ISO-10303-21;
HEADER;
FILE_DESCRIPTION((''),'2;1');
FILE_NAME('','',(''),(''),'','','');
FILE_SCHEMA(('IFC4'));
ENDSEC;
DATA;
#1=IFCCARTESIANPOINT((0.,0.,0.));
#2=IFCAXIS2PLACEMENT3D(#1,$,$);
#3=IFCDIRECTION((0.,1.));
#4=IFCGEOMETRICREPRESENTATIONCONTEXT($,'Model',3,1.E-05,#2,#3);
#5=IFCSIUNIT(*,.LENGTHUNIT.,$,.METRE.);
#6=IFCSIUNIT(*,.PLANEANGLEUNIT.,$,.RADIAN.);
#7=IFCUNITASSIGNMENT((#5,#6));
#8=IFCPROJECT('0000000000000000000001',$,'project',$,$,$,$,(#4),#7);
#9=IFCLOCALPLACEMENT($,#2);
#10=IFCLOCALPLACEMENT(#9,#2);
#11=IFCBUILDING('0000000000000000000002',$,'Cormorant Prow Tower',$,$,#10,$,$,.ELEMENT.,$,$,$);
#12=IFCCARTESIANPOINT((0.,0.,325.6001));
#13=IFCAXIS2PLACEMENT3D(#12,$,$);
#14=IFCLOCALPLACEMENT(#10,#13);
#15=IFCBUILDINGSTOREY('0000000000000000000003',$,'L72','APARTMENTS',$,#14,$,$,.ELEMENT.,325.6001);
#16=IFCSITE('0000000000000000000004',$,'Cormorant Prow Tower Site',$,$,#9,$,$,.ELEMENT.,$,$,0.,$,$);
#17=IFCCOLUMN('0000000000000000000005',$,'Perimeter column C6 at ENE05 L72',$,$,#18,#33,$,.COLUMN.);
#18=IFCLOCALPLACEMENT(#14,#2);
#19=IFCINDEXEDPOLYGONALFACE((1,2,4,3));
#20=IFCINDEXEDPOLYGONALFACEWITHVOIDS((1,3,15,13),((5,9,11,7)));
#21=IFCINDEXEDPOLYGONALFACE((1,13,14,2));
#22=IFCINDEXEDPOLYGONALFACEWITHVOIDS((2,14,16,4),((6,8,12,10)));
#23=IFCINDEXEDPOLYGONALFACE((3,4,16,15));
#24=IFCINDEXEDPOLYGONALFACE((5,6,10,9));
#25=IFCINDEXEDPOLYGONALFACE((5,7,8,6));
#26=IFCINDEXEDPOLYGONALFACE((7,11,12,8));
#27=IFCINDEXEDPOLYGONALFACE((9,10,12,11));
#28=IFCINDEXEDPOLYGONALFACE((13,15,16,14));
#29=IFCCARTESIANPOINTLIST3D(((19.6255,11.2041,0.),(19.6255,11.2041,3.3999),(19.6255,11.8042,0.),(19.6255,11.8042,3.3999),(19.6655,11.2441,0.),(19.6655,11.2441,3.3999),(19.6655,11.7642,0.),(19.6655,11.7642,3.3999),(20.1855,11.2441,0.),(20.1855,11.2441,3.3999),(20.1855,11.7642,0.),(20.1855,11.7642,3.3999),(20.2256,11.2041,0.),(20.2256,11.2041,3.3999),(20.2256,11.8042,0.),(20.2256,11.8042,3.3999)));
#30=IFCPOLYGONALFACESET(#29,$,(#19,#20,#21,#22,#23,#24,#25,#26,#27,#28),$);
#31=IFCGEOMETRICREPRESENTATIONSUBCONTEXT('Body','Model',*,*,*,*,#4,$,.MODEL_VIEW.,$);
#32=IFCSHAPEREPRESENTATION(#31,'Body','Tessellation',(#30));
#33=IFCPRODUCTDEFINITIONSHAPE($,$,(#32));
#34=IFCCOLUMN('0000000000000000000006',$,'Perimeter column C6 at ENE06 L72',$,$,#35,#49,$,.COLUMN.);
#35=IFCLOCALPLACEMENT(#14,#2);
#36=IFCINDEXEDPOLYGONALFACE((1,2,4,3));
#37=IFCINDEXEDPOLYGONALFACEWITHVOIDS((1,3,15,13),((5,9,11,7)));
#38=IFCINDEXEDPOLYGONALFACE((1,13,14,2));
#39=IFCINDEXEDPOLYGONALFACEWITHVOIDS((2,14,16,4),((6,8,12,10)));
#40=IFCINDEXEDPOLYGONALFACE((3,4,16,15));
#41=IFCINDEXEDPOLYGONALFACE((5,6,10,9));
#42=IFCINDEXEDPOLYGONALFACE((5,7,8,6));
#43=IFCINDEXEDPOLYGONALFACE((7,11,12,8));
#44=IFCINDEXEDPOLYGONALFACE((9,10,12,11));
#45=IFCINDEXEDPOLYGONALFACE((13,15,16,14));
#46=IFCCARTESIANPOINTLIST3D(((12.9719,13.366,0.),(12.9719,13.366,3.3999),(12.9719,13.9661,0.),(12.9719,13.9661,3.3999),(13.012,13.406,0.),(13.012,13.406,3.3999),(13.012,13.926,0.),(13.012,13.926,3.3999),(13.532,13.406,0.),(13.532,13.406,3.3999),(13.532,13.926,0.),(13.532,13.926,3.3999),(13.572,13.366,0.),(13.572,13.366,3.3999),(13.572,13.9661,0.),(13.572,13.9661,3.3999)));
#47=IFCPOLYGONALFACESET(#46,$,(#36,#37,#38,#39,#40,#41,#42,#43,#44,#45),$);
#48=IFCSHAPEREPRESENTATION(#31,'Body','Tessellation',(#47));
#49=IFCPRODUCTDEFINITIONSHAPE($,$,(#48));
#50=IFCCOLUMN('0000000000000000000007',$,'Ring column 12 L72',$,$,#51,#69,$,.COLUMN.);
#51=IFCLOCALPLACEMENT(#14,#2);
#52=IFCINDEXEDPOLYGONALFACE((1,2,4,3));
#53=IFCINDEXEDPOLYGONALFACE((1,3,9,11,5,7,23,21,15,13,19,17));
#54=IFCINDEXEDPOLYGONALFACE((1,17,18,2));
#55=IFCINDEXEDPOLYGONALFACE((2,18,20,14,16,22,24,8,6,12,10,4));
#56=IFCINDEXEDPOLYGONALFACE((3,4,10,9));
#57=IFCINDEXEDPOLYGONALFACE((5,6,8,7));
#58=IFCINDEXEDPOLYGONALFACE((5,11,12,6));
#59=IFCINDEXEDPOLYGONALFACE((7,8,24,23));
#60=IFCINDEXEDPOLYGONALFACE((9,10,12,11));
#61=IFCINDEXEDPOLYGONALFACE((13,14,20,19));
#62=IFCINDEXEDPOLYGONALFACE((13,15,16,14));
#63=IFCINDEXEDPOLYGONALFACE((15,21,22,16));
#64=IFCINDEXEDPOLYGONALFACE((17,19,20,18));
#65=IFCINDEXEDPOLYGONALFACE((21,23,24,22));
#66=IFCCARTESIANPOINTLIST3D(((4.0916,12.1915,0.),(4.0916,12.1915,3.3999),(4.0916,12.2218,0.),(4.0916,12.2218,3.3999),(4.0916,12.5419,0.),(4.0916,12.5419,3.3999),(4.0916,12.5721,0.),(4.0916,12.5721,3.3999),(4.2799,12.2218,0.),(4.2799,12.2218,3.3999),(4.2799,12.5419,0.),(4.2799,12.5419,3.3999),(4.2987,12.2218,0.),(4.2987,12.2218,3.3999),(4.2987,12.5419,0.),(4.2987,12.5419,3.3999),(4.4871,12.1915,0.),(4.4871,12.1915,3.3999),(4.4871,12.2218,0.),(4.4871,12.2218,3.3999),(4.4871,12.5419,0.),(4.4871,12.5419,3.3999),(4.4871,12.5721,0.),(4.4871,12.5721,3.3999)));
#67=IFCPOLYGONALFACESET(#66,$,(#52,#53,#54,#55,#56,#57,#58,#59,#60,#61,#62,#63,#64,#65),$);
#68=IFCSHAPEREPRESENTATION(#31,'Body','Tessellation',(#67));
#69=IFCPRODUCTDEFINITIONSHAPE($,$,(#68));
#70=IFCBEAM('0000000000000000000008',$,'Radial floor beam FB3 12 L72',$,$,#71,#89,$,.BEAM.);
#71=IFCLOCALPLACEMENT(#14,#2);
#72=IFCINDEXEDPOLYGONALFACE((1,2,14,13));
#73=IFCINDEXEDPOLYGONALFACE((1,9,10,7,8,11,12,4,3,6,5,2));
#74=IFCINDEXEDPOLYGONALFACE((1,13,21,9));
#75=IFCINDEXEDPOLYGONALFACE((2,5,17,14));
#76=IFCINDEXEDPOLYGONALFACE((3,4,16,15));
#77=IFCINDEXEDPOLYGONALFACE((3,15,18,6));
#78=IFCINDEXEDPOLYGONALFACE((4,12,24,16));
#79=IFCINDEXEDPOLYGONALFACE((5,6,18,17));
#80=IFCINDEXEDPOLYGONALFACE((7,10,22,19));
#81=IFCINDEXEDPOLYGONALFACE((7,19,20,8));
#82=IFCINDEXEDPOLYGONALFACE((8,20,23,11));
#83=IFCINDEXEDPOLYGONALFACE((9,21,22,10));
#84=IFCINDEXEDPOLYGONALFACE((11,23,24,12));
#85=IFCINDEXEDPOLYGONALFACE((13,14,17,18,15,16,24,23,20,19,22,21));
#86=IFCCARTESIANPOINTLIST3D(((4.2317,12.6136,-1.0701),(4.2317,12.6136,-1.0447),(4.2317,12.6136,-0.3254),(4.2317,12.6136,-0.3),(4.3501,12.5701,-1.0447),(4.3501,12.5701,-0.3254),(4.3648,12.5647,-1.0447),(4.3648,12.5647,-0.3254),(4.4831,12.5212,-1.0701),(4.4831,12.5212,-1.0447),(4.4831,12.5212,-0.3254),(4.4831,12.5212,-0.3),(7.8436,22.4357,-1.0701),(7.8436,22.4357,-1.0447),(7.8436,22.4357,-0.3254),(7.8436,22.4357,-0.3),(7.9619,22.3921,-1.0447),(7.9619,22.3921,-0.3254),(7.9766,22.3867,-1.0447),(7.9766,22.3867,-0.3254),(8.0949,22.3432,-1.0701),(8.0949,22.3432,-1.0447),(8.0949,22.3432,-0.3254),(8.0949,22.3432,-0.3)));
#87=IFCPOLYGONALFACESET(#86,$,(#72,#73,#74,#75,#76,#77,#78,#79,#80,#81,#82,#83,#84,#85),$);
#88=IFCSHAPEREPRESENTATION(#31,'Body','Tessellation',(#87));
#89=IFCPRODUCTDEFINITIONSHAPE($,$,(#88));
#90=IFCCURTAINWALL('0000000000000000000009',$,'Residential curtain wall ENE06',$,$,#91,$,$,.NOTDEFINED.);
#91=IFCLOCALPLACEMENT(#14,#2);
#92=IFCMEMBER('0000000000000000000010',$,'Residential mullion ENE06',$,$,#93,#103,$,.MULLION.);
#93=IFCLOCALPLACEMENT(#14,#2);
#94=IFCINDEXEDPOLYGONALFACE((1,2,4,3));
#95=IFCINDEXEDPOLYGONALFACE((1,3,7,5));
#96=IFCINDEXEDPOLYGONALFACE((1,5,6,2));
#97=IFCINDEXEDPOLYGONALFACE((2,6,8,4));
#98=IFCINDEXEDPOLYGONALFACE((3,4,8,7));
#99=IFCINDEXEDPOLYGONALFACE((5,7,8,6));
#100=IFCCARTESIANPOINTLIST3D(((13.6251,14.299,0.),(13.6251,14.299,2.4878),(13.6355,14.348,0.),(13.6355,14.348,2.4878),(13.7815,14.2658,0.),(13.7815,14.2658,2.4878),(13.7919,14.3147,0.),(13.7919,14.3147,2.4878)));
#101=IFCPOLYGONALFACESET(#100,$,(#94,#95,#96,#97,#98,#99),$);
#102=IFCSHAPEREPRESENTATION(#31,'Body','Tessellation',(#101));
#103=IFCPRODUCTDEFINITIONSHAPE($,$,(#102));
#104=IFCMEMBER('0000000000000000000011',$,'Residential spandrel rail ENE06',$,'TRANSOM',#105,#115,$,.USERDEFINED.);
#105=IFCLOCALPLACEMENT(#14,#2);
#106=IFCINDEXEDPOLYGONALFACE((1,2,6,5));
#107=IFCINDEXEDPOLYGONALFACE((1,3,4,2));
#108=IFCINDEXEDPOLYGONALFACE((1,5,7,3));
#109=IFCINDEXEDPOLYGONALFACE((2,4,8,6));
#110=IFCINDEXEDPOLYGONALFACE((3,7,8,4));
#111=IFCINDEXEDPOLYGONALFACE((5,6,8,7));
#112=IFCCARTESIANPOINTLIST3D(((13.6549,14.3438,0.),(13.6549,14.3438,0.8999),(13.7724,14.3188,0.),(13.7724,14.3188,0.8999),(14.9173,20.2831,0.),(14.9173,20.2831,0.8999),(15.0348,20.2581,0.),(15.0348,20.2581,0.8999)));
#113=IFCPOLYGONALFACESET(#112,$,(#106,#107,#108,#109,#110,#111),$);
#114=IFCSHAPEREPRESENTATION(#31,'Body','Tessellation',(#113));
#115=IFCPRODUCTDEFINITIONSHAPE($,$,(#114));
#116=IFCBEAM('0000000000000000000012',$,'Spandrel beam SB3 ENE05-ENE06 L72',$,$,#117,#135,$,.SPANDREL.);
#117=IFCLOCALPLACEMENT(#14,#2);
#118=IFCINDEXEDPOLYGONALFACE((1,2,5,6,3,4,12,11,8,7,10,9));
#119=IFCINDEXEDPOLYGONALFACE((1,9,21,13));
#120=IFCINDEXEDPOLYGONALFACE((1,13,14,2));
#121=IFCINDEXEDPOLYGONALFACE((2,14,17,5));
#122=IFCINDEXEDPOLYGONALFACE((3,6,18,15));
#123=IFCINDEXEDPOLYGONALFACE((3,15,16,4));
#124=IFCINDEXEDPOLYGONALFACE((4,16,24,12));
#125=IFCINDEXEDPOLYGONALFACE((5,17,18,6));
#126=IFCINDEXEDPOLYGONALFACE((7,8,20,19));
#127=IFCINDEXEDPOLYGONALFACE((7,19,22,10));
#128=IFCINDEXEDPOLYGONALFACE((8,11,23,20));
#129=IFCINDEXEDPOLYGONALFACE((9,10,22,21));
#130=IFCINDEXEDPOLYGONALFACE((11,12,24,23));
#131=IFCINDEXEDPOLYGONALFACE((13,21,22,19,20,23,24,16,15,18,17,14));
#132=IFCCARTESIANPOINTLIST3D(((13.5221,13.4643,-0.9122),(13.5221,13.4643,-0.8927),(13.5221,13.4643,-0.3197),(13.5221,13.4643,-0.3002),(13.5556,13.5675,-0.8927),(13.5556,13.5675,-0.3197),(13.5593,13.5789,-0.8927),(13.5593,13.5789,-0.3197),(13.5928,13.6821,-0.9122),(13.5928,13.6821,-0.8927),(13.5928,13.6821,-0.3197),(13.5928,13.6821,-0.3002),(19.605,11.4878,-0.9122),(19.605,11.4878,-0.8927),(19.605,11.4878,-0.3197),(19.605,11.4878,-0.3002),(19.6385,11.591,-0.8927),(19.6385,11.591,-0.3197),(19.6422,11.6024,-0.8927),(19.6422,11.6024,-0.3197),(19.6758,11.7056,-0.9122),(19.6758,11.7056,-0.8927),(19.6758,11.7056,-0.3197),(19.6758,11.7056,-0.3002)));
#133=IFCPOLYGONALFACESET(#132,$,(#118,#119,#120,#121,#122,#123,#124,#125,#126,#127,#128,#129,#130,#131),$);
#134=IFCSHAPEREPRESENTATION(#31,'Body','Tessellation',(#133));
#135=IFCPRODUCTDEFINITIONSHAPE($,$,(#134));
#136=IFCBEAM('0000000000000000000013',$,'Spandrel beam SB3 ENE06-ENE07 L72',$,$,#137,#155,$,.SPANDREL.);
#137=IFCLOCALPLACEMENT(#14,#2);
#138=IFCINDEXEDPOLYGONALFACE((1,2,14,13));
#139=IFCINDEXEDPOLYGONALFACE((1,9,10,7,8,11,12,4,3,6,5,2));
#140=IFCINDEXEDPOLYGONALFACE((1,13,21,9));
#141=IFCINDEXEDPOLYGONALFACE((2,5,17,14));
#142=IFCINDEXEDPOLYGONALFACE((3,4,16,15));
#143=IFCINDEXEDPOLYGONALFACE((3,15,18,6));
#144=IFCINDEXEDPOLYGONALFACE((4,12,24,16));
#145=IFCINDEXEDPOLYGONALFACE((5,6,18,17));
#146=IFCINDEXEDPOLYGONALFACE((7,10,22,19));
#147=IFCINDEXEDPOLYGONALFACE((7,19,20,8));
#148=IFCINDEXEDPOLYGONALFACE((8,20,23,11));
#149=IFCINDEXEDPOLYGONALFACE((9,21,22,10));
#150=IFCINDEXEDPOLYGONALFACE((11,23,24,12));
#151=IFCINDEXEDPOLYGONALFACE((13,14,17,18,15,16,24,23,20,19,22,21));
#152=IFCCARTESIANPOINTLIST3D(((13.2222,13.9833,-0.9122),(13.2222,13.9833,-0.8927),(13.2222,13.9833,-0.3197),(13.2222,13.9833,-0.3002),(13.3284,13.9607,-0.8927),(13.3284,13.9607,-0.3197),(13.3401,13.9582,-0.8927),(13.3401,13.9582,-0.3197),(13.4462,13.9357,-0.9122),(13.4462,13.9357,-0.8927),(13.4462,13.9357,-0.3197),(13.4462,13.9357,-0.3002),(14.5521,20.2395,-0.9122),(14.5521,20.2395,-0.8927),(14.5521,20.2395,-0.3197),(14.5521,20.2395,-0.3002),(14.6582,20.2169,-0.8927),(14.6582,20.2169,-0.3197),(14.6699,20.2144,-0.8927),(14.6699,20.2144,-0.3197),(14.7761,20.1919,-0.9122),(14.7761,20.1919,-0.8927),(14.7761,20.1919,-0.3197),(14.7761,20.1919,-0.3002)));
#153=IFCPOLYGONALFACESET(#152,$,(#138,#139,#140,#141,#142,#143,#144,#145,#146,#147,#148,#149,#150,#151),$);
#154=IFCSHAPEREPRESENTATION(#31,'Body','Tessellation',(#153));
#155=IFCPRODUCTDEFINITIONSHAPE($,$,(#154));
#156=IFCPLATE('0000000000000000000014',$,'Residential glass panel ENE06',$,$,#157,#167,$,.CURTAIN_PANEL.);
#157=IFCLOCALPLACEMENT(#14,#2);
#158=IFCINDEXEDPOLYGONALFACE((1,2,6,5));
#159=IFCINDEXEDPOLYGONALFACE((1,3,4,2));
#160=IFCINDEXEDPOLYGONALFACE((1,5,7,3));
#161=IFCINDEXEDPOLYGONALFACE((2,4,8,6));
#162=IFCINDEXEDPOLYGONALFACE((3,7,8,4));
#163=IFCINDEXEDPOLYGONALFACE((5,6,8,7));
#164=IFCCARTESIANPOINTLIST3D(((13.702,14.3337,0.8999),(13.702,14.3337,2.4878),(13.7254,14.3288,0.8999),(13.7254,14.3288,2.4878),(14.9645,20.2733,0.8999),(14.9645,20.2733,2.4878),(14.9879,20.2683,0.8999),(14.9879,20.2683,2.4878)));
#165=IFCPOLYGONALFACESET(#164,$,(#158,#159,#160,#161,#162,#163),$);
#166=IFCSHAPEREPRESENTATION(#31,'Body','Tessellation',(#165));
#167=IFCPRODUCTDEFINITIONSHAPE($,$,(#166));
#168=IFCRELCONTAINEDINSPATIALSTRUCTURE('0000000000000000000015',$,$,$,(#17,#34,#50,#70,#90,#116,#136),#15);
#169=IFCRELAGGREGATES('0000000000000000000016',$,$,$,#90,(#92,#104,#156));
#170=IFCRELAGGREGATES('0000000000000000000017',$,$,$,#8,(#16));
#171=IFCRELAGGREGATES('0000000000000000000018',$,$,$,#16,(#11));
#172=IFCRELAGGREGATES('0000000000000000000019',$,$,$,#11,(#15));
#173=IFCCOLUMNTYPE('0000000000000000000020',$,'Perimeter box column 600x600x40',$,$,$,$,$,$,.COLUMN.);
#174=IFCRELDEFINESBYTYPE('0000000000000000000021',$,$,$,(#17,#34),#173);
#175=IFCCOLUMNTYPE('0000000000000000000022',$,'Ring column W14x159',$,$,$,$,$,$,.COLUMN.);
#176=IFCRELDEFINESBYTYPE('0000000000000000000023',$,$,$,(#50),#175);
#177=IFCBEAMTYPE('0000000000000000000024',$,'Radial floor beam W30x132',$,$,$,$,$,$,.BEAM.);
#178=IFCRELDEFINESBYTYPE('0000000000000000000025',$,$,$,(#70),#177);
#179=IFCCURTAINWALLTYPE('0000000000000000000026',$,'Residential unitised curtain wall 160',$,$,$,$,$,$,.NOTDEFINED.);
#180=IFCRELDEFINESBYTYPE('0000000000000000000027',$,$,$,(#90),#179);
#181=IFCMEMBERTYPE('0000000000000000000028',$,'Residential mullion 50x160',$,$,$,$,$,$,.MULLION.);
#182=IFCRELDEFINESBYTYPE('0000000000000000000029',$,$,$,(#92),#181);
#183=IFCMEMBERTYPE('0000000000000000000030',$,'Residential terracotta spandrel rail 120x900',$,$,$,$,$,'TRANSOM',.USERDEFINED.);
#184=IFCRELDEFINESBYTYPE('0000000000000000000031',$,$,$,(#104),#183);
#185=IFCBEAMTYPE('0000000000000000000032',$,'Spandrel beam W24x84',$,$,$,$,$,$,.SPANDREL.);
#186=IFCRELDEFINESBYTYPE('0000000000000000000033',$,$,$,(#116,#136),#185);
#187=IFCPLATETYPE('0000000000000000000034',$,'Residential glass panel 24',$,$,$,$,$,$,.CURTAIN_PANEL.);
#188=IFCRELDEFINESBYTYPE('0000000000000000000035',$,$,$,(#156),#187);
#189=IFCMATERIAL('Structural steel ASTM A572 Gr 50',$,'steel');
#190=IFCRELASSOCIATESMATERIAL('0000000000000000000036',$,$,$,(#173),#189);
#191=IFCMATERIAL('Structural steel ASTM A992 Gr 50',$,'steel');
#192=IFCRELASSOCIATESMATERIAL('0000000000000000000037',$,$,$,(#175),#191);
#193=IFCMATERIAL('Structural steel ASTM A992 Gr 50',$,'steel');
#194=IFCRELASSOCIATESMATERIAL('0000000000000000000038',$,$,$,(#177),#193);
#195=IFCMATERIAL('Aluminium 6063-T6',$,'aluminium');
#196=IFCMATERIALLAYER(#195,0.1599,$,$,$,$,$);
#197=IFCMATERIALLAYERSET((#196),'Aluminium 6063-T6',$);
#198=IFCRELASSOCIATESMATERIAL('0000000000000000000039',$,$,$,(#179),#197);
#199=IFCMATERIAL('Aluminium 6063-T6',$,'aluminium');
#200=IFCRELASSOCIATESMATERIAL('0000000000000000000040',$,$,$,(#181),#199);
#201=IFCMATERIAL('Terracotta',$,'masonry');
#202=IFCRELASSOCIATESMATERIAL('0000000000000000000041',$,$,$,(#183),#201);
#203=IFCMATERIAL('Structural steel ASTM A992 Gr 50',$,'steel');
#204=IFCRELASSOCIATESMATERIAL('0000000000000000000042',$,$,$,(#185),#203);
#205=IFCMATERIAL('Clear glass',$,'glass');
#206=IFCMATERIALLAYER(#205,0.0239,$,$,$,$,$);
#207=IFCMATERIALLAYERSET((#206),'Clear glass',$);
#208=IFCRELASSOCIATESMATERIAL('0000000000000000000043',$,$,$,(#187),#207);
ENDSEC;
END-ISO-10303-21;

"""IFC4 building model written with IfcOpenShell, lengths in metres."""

from ifc_helpers import new_model, si_unit, direction, frame, origin, origin_2d, place, context, subcontext, project, spatial, rectangle, hollow_rectangle, i_section, extrude, material, layer, layer_set, material_profile, profile_set, type_object, element, aggregate, save


model = new_model("IFC4")

# Units and contexts
model_context = context("Model", 3, precision=1e-05, world=origin(), true_north=direction((0.0, 1.0)))
body_context = subcontext(model_context, "Body", "Model", "MODEL_VIEW")
ifc_project = project(units=[si_unit("LENGTHUNIT", "METRE"), si_unit("PLANEANGLEUNIT", "RADIAN")], contexts=[model_context])

# Site, building, storey
site_placement = place(None, origin())
site = spatial("IfcSite", under=ifc_project, at=site_placement, Name="Cormorant Prow Tower Site", CompositionType="ELEMENT", RefElevation=0.0)
building_placement = place(site_placement, origin())
building = spatial("IfcBuilding", under=site, at=building_placement, Name="Cormorant Prow Tower", CompositionType="ELEMENT")
storey_placement = place(building_placement, frame((0.0, 0.0, 325.6001)))
storey = spatial("IfcBuildingStorey", under=building, at=storey_placement, Name="L72", Description="APARTMENTS", CompositionType="ELEMENT", Elevation=325.6001)

# Columns
ifc_material_1 = material(Name="Structural steel ASTM A572 Gr 50", Category="steel")
ifc_material_profile_1 = material_profile(ifc_material_1, hollow_rectangle(XDim=0.6001, YDim=0.6001, WallThickness=0.04, at=origin_2d()), Name="Box 600x600x40")
ifc_profile_set_1 = profile_set([ifc_material_profile_1], Name="Structural steel ASTM A572 Gr 50")
column_type_1 = type_object("IfcColumnType", Name="Perimeter box column 600x600x40", PredefinedType="COLUMN", material=ifc_profile_set_1)
for number, where, z_axis, x_axis, name in (
    (1, (19.9255, 11.5042, 0.0), (0.0, 0.0, 1.0), (1.0, 0.0, 0.0), "Perimeter column C6 at ENE05 L72"),
    (2, (13.272, 13.666, 0.0), (0.0, 0.0, 1.0), (1.0, 0.0, 0.0), "Perimeter column C6 at ENE06 L72"),
):
    element("IfcColumn", number, at=place(storey_placement, frame(where, z_axis=z_axis, x_axis=x_axis)), inside=storey, type_object=column_type_1, Name=name, PredefinedType="COLUMN", context=body_context, shape_type="SweptSolid", body=[
        extrude(hollow_rectangle(XDim=0.6001, YDim=0.6001, WallThickness=0.04, at=origin_2d()), origin(), (0.0, 0.0, 1.0), 3.3999),
    ])
ifc_material_2 = material(Name="Structural steel ASTM A992 Gr 50", Category="steel")
ifc_material_profile_2 = material_profile(ifc_material_2, i_section(OverallWidth=0.3955, OverallDepth=0.3806, WebThickness=0.0188, FlangeThickness=0.0303, at=origin_2d()), Name="W14x159")
ifc_profile_set_2 = profile_set([ifc_material_profile_2], Name="Structural steel ASTM A992 Gr 50")
column_type_2 = type_object("IfcColumnType", Name="Ring column W14x159", PredefinedType="COLUMN", material=ifc_profile_set_2)
column_placement = place(storey_placement, frame((4.2893, 12.3818, 0.0), z_axis=(0.0, 0.0, 1.0), x_axis=(1.0, 0.0, 0.0)))
element("IfcColumn", 3, at=column_placement, inside=storey, type_object=column_type_2, Name="Ring column 12 L72", PredefinedType="COLUMN", context=body_context, shape_type="SweptSolid", body=[
    extrude(i_section(OverallWidth=0.3955, OverallDepth=0.3806, WebThickness=0.0188, FlangeThickness=0.0303, at=origin_2d()), origin(), (0.0, 0.0, 1.0), 3.3999),
])

# Beam
ifc_material_3 = material(Name="Structural steel ASTM A992 Gr 50", Category="steel")
ifc_material_profile_3 = material_profile(ifc_material_3, i_section(OverallWidth=0.2678, OverallDepth=0.77, WebThickness=0.0156, FlangeThickness=0.0254, at=origin_2d()), Name="W30x132")
ifc_profile_set_3 = profile_set([ifc_material_profile_3], Name="Structural steel ASTM A992 Gr 50")
beam_type_1 = type_object("IfcBeamType", Name="Radial floor beam W30x132", PredefinedType="BEAM", material=ifc_profile_set_3)
beam_placement = place(storey_placement, frame((4.3574, 12.5674, -0.6851), z_axis=(0.345131, 0.938554, 0.0), x_axis=(-0.938554, 0.345131, 0.0)))
element("IfcBeam", 4, at=beam_placement, inside=storey, type_object=beam_type_1, Name="Radial floor beam FB3 12 L72", PredefinedType="BEAM", context=body_context, shape_type="SweptSolid", body=[
    extrude(i_section(OverallWidth=0.2678, OverallDepth=0.77, WebThickness=0.0156, FlangeThickness=0.0254, at=origin_2d()), origin(), (0.0, 0.0, 1.0), 10.4651),
])

# Curtain wall, members
ifc_material_4 = material(Name="Aluminium 6063-T6", Category="aluminium")
ifc_layer_1 = layer(ifc_material_4, 0.1599)
ifc_layer_set_1 = layer_set([ifc_layer_1], Name="Aluminium 6063-T6")
curtain_wall_type = type_object("IfcCurtainWallType", Name="Residential unitised curtain wall 160", PredefinedType="NOTDEFINED", material=ifc_layer_set_1)
curtain_wall_placement = place(storey_placement, origin())
curtain_wall = element("IfcCurtainWall", 5, at=curtain_wall_placement, inside=storey, type_object=curtain_wall_type, Name="Residential curtain wall ENE06", PredefinedType="NOTDEFINED")
ifc_material_5 = material(Name="Aluminium 6063-T6", Category="aluminium")
ifc_material_profile_4 = material_profile(ifc_material_5, rectangle(XDim=0.1599, YDim=0.05, at=origin_2d()), Name="Residential mullion 50x160")
ifc_profile_set_4 = profile_set([ifc_material_profile_4], Name="Aluminium 6063-T6")
member_type_1 = type_object("IfcMemberType", Name="Residential mullion 50x160", PredefinedType="MULLION", material=ifc_profile_set_4)
member_1_placement = place(storey_placement, frame((13.7085, 14.3069, 0.0), z_axis=(0.0, 0.0, 1.0), x_axis=(-0.978148, 0.207912, 0.0)))
member_1 = element("IfcMember", 6, at=member_1_placement, type_object=member_type_1, Name="Residential mullion ENE06", PredefinedType="MULLION", context=body_context, shape_type="SweptSolid", body=[
    extrude(rectangle(XDim=0.1599, YDim=0.05, at=origin_2d()), origin(), (0.0, 0.0, 1.0), 2.4878),
])
ifc_material_6 = material(Name="Terracotta", Category="masonry")
ifc_material_profile_5 = material_profile(ifc_material_6, rectangle(XDim=0.1201, YDim=0.8999, at=origin_2d()), Name="Residential terracotta spandrel rail 120x900")
ifc_profile_set_5 = profile_set([ifc_material_profile_5], Name="Terracotta")
member_type_2 = type_object("IfcMemberType", Name="Residential terracotta spandrel rail 120x900", ElementType="TRANSOM", PredefinedType="USERDEFINED", material=ifc_profile_set_5)
member_2_placement = place(storey_placement, frame((13.7136, 14.3313, 0.45), z_axis=(0.207909, 0.978148, 0.0), x_axis=(-0.978148, 0.207909, 0.0)))
member_2 = element("IfcMember", 7, at=member_2_placement, type_object=member_type_2, Name="Residential spandrel rail ENE06", ObjectType="TRANSOM", PredefinedType="USERDEFINED", context=body_context, shape_type="SweptSolid", body=[
    extrude(rectangle(XDim=0.1201, YDim=0.8999, at=origin_2d()), origin(), (0.0, 0.0, 1.0), 6.072),
])

# Beams
ifc_material_7 = material(Name="Structural steel ASTM A992 Gr 50", Category="steel")
ifc_material_profile_6 = material_profile(ifc_material_7, i_section(OverallWidth=0.229, OverallDepth=0.6121, WebThickness=0.012, FlangeThickness=0.0195, at=origin_2d()), Name="W24x84")
ifc_profile_set_6 = profile_set([ifc_material_profile_6], Name="Structural steel ASTM A992 Gr 50")
beam_type_2 = type_object("IfcBeamType", Name="Spandrel beam W24x84", PredefinedType="SPANDREL", material=ifc_profile_set_6)
for number, where, z_axis, x_axis, name in (
    (8, (19.6404, 11.5967, -0.6062), (-0.951053, 0.309027, 0.0), (-0.309027, -0.951053, 0.0), "Spandrel beam SB3 ENE05-ENE06 L72"),
    (9, (13.3342, 13.9595, -0.6062), (0.20792, 0.978146, 0.0), (-0.978146, 0.20792, 0.0), "Spandrel beam SB3 ENE06-ENE07 L72"),
):
    element("IfcBeam", number, at=place(storey_placement, frame(where, z_axis=z_axis, x_axis=x_axis)), inside=storey, type_object=beam_type_2, Name=name, PredefinedType="SPANDREL", context=body_context, shape_type="SweptSolid", body=[
        extrude(i_section(OverallWidth=0.229, OverallDepth=0.6121, WebThickness=0.012, FlangeThickness=0.0195, at=origin_2d()), origin(), (0.0, 0.0, 1.0), 6.396),
    ])

# Plate
ifc_material_8 = material(Name="Clear glass", Category="glass")
ifc_layer_2 = layer(ifc_material_8, 0.0239)
ifc_layer_set_2 = layer_set([ifc_layer_2], Name="Clear glass")
plate_type = type_object("IfcPlateType", Name="Residential glass panel 24", PredefinedType="CURTAIN_PANEL", material=ifc_layer_set_2)
plate_placement = place(storey_placement, frame((14.345, 17.301, 0.8999), z_axis=(0.0, 0.0, 1.0), x_axis=(0.207912, 0.978148, 0.0)))
plate = element("IfcPlate", 10, at=plate_placement, type_object=plate_type, Name="Residential glass panel ENE06", PredefinedType="CURTAIN_PANEL", context=body_context, shape_type="SweptSolid", body=[
    extrude(rectangle(XDim=6.0723, YDim=0.0239, at=origin_2d()), origin(), (0.0, 0.0, 1.0), 1.5879),
])
aggregate(curtain_wall, [member_1, member_2, plate])

save(model, "model.ifc")
